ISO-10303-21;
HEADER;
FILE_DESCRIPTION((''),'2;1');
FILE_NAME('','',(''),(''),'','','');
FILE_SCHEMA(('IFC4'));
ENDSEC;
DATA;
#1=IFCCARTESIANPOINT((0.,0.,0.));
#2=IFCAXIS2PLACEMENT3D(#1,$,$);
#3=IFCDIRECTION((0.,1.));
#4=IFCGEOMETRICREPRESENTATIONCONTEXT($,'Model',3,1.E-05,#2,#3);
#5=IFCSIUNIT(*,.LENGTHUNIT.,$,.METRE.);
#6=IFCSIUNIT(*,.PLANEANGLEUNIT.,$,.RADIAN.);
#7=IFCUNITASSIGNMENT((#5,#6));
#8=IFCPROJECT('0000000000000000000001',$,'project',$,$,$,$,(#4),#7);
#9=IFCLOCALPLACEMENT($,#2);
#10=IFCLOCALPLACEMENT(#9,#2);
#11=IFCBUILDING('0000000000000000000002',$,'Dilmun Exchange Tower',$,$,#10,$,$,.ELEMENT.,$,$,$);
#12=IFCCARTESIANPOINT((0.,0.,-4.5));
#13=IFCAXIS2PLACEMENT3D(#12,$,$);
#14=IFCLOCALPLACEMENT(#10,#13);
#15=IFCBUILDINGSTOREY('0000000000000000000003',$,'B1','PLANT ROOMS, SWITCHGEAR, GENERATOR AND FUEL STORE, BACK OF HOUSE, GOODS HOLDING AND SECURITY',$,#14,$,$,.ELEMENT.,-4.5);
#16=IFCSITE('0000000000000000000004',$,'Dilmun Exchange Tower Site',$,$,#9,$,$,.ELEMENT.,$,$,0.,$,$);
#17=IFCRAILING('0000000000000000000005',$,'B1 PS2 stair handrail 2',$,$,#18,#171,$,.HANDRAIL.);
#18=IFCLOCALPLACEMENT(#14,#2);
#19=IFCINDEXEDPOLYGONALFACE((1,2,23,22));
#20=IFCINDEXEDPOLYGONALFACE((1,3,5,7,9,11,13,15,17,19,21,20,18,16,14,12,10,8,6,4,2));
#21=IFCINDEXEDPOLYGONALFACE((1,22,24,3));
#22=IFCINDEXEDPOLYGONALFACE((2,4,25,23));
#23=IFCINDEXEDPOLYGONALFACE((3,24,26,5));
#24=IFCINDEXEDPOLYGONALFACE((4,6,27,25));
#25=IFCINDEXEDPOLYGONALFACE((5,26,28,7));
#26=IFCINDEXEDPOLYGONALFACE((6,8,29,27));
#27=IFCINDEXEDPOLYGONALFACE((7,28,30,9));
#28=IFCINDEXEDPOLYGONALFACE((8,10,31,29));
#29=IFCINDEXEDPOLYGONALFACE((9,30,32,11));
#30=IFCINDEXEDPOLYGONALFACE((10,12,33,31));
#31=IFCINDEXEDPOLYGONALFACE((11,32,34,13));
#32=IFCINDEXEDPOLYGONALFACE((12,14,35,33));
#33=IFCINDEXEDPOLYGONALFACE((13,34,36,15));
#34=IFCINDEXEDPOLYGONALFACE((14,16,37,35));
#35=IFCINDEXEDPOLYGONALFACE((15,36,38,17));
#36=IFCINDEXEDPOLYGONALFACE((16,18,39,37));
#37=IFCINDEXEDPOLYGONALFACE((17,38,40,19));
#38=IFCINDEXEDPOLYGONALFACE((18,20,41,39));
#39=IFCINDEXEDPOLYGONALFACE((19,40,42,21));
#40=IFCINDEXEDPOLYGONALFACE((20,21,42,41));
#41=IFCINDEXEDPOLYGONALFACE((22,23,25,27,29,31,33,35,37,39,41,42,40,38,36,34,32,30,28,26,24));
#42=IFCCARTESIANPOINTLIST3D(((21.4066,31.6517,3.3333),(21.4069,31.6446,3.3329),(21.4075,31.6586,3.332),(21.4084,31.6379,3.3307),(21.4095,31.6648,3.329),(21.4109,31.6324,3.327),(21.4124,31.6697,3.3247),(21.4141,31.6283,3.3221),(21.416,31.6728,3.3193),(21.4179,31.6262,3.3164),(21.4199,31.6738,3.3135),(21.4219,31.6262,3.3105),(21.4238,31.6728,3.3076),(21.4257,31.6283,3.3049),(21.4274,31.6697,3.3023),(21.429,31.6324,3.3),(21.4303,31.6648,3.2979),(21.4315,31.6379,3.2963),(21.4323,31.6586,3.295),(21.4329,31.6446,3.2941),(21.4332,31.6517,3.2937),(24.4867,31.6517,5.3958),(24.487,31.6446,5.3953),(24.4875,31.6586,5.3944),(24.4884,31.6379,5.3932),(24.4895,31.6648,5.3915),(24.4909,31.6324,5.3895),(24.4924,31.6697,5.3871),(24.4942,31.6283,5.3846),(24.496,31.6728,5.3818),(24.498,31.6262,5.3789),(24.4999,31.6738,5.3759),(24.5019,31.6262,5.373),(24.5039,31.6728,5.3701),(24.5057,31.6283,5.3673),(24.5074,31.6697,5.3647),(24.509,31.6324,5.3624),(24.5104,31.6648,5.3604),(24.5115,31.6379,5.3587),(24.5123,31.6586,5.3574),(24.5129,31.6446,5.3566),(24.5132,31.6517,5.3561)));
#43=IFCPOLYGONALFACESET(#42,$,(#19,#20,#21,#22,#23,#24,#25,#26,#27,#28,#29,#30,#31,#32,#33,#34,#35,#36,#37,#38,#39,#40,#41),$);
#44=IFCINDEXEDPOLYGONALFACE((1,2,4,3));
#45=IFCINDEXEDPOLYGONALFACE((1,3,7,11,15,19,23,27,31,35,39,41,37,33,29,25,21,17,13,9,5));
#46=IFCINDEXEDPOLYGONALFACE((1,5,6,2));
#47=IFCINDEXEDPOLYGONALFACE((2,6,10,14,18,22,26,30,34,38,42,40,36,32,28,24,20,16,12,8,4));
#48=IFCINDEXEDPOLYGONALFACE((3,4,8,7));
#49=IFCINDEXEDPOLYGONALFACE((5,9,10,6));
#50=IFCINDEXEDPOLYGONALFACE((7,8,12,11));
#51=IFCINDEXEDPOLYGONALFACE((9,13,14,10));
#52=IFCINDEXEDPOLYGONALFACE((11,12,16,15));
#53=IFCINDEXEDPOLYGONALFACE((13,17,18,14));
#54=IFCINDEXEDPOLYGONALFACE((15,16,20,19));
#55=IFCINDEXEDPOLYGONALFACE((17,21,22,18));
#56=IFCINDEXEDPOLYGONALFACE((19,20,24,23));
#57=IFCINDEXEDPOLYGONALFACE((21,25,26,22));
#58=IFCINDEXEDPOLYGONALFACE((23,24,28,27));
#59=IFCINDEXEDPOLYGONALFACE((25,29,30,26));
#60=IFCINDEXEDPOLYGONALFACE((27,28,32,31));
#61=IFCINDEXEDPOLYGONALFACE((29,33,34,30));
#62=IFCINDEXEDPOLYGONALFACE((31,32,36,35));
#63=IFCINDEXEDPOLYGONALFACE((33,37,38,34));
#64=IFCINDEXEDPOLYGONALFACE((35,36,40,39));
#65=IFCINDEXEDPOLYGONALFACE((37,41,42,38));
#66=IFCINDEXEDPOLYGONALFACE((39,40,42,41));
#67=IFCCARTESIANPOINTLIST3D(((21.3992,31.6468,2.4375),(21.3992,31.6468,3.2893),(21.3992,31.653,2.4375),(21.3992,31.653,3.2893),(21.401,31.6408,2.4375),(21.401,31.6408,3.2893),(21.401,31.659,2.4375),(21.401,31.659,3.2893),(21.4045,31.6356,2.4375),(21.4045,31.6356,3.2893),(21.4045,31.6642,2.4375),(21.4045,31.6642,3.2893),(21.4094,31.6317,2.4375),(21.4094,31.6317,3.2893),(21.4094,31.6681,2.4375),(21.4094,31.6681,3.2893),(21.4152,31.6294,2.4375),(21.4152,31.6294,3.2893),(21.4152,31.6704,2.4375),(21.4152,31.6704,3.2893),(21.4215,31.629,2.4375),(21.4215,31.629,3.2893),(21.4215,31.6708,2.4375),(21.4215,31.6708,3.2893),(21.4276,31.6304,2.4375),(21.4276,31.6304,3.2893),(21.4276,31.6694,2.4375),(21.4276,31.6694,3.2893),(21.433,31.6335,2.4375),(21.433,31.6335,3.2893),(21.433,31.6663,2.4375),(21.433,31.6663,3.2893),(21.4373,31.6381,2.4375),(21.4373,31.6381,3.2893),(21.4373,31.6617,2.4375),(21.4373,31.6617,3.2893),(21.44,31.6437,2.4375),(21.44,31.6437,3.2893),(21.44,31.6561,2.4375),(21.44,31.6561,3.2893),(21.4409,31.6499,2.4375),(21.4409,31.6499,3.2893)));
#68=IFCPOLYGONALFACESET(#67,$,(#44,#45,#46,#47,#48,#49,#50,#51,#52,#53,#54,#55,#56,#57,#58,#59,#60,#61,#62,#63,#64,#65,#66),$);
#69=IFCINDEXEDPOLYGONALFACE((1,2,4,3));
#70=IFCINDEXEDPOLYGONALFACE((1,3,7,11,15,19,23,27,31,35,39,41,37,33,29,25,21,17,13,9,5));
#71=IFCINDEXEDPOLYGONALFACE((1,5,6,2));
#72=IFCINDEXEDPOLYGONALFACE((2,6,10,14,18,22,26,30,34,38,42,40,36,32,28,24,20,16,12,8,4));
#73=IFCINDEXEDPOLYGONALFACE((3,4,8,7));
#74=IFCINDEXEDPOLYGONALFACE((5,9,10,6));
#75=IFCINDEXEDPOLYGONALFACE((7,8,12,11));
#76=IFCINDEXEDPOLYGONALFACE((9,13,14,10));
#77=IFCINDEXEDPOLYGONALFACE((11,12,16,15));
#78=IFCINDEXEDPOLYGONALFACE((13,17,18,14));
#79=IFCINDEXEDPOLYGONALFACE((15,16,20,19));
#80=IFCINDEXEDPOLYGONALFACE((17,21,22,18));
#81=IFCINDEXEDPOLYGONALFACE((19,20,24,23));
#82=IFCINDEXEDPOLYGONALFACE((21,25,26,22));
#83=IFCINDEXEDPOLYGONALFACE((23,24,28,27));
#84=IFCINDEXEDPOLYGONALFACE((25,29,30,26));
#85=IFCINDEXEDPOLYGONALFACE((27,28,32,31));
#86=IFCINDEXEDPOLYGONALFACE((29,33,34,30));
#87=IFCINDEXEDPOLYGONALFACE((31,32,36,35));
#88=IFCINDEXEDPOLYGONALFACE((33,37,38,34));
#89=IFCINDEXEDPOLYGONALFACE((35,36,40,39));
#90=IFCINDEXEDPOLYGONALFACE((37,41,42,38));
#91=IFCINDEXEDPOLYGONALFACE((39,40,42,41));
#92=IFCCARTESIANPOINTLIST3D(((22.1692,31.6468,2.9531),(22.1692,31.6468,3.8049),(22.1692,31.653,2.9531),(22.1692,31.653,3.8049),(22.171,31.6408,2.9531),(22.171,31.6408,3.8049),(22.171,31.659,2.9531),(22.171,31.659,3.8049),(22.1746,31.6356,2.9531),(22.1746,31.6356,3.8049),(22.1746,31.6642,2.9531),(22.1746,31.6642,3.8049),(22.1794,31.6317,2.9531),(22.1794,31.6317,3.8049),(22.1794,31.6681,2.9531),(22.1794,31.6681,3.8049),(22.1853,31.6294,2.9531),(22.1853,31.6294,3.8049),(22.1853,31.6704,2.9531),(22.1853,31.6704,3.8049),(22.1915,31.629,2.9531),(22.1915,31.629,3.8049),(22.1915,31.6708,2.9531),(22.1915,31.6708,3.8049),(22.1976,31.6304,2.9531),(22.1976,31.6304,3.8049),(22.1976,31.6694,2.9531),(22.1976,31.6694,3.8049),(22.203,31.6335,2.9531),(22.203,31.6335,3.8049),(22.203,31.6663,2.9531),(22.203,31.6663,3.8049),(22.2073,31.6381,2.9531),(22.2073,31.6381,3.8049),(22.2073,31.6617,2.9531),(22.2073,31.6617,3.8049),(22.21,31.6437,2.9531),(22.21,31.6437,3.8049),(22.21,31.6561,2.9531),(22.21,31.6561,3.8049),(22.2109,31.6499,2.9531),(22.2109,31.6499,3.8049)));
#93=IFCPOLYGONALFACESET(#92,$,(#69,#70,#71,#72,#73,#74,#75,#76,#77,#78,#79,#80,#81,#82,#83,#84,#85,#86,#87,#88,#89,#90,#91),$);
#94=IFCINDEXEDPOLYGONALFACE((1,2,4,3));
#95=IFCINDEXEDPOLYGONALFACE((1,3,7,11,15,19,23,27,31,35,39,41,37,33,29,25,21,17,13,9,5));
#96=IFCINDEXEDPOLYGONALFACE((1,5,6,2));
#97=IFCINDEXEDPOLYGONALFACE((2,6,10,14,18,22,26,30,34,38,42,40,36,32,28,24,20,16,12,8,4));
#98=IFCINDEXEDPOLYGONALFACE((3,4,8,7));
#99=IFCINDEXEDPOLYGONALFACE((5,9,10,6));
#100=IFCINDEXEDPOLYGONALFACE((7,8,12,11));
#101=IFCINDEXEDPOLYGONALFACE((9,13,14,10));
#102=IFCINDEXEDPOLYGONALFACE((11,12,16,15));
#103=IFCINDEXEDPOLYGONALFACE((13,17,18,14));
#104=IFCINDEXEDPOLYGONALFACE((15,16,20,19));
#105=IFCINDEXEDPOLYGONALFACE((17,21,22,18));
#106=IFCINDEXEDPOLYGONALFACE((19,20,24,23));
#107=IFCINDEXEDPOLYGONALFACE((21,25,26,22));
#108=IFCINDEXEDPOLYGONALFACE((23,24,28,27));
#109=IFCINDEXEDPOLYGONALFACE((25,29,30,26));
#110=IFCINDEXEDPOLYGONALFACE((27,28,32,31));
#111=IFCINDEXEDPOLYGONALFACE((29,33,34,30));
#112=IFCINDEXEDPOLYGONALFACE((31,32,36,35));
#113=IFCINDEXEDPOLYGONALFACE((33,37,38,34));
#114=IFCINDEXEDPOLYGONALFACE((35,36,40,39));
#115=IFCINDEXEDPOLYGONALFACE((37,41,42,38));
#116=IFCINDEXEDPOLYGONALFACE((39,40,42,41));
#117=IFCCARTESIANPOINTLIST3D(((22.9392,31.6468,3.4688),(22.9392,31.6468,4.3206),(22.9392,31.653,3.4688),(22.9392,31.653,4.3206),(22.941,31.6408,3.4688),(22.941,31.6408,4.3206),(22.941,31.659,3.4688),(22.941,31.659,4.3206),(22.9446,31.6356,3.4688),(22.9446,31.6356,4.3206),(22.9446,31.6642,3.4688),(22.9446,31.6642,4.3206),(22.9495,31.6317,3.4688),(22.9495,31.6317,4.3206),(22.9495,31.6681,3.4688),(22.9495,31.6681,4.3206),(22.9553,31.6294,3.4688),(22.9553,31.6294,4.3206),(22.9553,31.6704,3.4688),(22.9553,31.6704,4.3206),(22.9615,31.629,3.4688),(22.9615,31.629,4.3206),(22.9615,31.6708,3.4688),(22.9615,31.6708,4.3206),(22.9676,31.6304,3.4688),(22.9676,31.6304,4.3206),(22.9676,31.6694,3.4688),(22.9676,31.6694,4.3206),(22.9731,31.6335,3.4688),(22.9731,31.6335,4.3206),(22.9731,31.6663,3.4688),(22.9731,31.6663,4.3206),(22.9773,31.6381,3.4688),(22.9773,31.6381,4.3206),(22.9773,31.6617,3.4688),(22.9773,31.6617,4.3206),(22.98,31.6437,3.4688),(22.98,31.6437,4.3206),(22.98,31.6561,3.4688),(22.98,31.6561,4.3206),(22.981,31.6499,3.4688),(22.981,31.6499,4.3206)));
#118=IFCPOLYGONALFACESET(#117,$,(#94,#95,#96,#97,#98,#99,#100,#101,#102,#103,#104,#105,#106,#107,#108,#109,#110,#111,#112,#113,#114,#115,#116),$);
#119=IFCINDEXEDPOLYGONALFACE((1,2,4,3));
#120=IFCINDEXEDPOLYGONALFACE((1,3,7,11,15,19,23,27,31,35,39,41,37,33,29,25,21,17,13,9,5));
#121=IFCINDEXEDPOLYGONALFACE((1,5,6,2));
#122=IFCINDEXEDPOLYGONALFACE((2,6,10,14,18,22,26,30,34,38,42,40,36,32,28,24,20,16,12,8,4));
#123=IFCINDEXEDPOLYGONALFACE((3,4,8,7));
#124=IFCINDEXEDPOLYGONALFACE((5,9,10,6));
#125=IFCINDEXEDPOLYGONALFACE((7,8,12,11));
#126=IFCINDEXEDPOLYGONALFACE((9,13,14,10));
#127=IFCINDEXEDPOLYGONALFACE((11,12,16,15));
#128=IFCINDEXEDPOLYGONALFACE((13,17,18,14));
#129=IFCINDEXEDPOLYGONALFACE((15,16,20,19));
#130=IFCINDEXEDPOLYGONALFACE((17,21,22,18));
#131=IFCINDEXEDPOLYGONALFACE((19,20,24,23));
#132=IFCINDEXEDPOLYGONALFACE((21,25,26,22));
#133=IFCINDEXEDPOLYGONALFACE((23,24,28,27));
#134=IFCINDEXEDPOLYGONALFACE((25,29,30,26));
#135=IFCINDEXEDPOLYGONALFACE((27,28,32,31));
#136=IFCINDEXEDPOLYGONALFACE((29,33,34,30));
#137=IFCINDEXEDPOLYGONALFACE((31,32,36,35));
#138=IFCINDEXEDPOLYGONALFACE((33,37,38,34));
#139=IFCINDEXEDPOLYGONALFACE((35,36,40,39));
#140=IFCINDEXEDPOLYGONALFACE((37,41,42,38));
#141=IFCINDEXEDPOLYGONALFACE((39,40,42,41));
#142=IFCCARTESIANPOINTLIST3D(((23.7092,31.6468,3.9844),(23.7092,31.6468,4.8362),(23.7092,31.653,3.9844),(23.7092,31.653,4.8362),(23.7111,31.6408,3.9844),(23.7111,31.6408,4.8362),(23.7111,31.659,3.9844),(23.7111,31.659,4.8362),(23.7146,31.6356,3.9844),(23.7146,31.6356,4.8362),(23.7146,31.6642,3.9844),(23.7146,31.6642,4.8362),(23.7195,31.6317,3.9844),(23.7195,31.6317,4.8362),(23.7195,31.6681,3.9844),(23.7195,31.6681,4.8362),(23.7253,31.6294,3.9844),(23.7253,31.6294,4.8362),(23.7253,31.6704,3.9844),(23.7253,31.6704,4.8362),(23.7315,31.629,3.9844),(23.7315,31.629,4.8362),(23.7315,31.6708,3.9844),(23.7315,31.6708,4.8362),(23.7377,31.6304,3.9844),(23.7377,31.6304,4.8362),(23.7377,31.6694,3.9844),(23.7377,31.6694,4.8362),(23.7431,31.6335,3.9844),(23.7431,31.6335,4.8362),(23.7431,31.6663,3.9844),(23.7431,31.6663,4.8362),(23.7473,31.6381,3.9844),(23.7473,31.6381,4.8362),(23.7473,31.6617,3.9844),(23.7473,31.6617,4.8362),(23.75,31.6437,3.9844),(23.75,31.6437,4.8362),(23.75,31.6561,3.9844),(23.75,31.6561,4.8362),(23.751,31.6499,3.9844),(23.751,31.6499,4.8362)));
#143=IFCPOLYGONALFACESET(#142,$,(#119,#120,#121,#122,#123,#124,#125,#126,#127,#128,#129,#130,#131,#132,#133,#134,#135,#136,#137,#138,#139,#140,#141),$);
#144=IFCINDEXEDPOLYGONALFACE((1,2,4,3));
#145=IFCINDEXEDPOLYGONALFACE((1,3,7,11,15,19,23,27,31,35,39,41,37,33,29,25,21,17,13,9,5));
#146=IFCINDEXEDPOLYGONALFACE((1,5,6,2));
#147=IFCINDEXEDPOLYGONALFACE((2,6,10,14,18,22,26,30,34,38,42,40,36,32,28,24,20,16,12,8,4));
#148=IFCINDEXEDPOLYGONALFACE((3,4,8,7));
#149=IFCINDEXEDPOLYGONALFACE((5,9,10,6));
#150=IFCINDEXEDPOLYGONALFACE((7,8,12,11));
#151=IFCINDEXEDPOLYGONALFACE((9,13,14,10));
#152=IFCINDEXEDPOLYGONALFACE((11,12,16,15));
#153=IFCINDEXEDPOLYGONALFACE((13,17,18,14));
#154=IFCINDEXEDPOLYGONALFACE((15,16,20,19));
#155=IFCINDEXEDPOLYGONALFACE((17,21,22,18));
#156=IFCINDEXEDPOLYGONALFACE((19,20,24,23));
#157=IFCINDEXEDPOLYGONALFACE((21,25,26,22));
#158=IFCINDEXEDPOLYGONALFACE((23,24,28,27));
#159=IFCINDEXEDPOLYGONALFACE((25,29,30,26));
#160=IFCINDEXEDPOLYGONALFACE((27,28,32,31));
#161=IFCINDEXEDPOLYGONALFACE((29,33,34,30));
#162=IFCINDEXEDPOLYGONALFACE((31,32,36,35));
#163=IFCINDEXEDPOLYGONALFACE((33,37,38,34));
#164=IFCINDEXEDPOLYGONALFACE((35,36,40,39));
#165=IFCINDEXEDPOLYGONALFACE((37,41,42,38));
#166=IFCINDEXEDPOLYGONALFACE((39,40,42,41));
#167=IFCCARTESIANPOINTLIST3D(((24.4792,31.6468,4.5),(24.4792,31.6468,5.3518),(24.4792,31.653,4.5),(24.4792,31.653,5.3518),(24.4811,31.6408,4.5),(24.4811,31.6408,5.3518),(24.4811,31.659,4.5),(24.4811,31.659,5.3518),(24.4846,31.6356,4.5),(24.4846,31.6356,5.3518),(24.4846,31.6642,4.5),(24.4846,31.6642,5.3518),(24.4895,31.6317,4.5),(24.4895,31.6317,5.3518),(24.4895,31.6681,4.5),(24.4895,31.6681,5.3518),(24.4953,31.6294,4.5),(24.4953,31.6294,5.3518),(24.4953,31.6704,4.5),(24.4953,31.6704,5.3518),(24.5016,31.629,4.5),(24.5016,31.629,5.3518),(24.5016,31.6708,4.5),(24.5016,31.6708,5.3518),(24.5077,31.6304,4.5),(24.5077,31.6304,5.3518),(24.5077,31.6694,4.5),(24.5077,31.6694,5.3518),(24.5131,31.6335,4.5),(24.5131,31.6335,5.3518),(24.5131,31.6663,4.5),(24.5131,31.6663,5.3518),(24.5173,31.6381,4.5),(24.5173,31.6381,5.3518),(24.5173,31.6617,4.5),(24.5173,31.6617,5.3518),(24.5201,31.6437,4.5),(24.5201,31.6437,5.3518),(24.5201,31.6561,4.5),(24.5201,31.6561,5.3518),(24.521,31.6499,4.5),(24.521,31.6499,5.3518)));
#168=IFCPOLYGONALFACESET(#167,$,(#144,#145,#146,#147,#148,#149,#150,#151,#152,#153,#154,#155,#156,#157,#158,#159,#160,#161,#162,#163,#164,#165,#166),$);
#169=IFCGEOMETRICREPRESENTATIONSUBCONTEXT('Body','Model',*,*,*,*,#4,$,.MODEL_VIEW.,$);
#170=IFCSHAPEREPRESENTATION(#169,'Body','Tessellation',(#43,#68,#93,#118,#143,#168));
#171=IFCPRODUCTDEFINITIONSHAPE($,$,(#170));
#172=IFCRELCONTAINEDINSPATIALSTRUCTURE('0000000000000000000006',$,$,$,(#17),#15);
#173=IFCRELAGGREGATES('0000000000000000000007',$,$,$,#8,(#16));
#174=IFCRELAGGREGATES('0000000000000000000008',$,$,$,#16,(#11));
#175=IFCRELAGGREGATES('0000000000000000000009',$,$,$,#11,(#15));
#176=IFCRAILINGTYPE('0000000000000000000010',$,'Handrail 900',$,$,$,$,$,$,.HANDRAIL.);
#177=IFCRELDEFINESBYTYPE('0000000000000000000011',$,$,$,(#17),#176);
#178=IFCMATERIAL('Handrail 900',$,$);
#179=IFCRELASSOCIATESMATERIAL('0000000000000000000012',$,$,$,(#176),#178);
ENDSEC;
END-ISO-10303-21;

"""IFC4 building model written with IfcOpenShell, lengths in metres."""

from ifc_helpers import new_model, si_unit, direction, frame, origin, origin_2d, place, context, subcontext, project, spatial, circle, extrude, material, type_object, element, save


model = new_model("IFC4")

# Units and contexts
model_context = context("Model", 3, precision=1e-05, world=origin(), true_north=direction((0.0, 1.0)))
body_context = subcontext(model_context, "Body", "Model", "MODEL_VIEW")
ifc_project = project(units=[si_unit("LENGTHUNIT", "METRE"), si_unit("PLANEANGLEUNIT", "RADIAN")], contexts=[model_context])

# Site, building, storey
site_placement = place(None, origin())
site = spatial("IfcSite", under=ifc_project, at=site_placement, Name="Dilmun Exchange Tower Site", CompositionType="ELEMENT", RefElevation=0.0)
building_placement = place(site_placement, origin())
building = spatial("IfcBuilding", under=site, at=building_placement, Name="Dilmun Exchange Tower", CompositionType="ELEMENT")
storey_placement = place(building_placement, frame((0.0, 0.0, -4.5)))
storey = spatial("IfcBuildingStorey", under=building, at=storey_placement, Name="B1", Description="PLANT ROOMS, SWITCHGEAR, GENERATOR AND FUEL STORE, BACK OF HOUSE, GOODS HOLDING AND SECURITY", CompositionType="ELEMENT", Elevation=-4.5)

# Railing
ifc_material_1 = material(Name="Handrail 900")
railing_type_1 = type_object("IfcRailingType", Name="Handrail 900", PredefinedType="HANDRAIL", material=ifc_material_1)
railing_1_placement = place(storey_placement, frame((21.4199, 31.6499, 2.4375)))
element("IfcRailing", 1, at=railing_1_placement, inside=storey, type_object=railing_type_1, Name="B1 PS2 stair handrail 2", PredefinedType="HANDRAIL", context=body_context, shape_type="SweptSolid", body=[
    extrude(circle(Radius=0.0239, at=origin_2d()), frame((0.0, 0.0, 0.876), z_axis=(0.830914, 0.0, 0.556401), x_axis=(0.0, 1.0, 0.0)), (0.0, 0.0, 1.0), 3.7068),
    extrude(circle(Radius=0.021, at=origin_2d()), origin(), (0.0, 0.0, 1.0), 0.8518),
    extrude(circle(Radius=0.021, at=origin_2d()), frame((0.77, 0.0, 0.5156)), (0.0, 0.0, 1.0), 0.8518),
    extrude(circle(Radius=0.021, at=origin_2d()), frame((1.54, 0.0, 1.0312)), (0.0, 0.0, 1.0), 0.8518),
    extrude(circle(Radius=0.021, at=origin_2d()), frame((2.3101, 0.0, 1.5469)), (0.0, 0.0, 1.0), 0.8518),
    extrude(circle(Radius=0.021, at=origin_2d()), frame((3.0801, 0.0, 2.0625)), (0.0, 0.0, 1.0), 0.8518),
])

save(model, "model.ifc")
